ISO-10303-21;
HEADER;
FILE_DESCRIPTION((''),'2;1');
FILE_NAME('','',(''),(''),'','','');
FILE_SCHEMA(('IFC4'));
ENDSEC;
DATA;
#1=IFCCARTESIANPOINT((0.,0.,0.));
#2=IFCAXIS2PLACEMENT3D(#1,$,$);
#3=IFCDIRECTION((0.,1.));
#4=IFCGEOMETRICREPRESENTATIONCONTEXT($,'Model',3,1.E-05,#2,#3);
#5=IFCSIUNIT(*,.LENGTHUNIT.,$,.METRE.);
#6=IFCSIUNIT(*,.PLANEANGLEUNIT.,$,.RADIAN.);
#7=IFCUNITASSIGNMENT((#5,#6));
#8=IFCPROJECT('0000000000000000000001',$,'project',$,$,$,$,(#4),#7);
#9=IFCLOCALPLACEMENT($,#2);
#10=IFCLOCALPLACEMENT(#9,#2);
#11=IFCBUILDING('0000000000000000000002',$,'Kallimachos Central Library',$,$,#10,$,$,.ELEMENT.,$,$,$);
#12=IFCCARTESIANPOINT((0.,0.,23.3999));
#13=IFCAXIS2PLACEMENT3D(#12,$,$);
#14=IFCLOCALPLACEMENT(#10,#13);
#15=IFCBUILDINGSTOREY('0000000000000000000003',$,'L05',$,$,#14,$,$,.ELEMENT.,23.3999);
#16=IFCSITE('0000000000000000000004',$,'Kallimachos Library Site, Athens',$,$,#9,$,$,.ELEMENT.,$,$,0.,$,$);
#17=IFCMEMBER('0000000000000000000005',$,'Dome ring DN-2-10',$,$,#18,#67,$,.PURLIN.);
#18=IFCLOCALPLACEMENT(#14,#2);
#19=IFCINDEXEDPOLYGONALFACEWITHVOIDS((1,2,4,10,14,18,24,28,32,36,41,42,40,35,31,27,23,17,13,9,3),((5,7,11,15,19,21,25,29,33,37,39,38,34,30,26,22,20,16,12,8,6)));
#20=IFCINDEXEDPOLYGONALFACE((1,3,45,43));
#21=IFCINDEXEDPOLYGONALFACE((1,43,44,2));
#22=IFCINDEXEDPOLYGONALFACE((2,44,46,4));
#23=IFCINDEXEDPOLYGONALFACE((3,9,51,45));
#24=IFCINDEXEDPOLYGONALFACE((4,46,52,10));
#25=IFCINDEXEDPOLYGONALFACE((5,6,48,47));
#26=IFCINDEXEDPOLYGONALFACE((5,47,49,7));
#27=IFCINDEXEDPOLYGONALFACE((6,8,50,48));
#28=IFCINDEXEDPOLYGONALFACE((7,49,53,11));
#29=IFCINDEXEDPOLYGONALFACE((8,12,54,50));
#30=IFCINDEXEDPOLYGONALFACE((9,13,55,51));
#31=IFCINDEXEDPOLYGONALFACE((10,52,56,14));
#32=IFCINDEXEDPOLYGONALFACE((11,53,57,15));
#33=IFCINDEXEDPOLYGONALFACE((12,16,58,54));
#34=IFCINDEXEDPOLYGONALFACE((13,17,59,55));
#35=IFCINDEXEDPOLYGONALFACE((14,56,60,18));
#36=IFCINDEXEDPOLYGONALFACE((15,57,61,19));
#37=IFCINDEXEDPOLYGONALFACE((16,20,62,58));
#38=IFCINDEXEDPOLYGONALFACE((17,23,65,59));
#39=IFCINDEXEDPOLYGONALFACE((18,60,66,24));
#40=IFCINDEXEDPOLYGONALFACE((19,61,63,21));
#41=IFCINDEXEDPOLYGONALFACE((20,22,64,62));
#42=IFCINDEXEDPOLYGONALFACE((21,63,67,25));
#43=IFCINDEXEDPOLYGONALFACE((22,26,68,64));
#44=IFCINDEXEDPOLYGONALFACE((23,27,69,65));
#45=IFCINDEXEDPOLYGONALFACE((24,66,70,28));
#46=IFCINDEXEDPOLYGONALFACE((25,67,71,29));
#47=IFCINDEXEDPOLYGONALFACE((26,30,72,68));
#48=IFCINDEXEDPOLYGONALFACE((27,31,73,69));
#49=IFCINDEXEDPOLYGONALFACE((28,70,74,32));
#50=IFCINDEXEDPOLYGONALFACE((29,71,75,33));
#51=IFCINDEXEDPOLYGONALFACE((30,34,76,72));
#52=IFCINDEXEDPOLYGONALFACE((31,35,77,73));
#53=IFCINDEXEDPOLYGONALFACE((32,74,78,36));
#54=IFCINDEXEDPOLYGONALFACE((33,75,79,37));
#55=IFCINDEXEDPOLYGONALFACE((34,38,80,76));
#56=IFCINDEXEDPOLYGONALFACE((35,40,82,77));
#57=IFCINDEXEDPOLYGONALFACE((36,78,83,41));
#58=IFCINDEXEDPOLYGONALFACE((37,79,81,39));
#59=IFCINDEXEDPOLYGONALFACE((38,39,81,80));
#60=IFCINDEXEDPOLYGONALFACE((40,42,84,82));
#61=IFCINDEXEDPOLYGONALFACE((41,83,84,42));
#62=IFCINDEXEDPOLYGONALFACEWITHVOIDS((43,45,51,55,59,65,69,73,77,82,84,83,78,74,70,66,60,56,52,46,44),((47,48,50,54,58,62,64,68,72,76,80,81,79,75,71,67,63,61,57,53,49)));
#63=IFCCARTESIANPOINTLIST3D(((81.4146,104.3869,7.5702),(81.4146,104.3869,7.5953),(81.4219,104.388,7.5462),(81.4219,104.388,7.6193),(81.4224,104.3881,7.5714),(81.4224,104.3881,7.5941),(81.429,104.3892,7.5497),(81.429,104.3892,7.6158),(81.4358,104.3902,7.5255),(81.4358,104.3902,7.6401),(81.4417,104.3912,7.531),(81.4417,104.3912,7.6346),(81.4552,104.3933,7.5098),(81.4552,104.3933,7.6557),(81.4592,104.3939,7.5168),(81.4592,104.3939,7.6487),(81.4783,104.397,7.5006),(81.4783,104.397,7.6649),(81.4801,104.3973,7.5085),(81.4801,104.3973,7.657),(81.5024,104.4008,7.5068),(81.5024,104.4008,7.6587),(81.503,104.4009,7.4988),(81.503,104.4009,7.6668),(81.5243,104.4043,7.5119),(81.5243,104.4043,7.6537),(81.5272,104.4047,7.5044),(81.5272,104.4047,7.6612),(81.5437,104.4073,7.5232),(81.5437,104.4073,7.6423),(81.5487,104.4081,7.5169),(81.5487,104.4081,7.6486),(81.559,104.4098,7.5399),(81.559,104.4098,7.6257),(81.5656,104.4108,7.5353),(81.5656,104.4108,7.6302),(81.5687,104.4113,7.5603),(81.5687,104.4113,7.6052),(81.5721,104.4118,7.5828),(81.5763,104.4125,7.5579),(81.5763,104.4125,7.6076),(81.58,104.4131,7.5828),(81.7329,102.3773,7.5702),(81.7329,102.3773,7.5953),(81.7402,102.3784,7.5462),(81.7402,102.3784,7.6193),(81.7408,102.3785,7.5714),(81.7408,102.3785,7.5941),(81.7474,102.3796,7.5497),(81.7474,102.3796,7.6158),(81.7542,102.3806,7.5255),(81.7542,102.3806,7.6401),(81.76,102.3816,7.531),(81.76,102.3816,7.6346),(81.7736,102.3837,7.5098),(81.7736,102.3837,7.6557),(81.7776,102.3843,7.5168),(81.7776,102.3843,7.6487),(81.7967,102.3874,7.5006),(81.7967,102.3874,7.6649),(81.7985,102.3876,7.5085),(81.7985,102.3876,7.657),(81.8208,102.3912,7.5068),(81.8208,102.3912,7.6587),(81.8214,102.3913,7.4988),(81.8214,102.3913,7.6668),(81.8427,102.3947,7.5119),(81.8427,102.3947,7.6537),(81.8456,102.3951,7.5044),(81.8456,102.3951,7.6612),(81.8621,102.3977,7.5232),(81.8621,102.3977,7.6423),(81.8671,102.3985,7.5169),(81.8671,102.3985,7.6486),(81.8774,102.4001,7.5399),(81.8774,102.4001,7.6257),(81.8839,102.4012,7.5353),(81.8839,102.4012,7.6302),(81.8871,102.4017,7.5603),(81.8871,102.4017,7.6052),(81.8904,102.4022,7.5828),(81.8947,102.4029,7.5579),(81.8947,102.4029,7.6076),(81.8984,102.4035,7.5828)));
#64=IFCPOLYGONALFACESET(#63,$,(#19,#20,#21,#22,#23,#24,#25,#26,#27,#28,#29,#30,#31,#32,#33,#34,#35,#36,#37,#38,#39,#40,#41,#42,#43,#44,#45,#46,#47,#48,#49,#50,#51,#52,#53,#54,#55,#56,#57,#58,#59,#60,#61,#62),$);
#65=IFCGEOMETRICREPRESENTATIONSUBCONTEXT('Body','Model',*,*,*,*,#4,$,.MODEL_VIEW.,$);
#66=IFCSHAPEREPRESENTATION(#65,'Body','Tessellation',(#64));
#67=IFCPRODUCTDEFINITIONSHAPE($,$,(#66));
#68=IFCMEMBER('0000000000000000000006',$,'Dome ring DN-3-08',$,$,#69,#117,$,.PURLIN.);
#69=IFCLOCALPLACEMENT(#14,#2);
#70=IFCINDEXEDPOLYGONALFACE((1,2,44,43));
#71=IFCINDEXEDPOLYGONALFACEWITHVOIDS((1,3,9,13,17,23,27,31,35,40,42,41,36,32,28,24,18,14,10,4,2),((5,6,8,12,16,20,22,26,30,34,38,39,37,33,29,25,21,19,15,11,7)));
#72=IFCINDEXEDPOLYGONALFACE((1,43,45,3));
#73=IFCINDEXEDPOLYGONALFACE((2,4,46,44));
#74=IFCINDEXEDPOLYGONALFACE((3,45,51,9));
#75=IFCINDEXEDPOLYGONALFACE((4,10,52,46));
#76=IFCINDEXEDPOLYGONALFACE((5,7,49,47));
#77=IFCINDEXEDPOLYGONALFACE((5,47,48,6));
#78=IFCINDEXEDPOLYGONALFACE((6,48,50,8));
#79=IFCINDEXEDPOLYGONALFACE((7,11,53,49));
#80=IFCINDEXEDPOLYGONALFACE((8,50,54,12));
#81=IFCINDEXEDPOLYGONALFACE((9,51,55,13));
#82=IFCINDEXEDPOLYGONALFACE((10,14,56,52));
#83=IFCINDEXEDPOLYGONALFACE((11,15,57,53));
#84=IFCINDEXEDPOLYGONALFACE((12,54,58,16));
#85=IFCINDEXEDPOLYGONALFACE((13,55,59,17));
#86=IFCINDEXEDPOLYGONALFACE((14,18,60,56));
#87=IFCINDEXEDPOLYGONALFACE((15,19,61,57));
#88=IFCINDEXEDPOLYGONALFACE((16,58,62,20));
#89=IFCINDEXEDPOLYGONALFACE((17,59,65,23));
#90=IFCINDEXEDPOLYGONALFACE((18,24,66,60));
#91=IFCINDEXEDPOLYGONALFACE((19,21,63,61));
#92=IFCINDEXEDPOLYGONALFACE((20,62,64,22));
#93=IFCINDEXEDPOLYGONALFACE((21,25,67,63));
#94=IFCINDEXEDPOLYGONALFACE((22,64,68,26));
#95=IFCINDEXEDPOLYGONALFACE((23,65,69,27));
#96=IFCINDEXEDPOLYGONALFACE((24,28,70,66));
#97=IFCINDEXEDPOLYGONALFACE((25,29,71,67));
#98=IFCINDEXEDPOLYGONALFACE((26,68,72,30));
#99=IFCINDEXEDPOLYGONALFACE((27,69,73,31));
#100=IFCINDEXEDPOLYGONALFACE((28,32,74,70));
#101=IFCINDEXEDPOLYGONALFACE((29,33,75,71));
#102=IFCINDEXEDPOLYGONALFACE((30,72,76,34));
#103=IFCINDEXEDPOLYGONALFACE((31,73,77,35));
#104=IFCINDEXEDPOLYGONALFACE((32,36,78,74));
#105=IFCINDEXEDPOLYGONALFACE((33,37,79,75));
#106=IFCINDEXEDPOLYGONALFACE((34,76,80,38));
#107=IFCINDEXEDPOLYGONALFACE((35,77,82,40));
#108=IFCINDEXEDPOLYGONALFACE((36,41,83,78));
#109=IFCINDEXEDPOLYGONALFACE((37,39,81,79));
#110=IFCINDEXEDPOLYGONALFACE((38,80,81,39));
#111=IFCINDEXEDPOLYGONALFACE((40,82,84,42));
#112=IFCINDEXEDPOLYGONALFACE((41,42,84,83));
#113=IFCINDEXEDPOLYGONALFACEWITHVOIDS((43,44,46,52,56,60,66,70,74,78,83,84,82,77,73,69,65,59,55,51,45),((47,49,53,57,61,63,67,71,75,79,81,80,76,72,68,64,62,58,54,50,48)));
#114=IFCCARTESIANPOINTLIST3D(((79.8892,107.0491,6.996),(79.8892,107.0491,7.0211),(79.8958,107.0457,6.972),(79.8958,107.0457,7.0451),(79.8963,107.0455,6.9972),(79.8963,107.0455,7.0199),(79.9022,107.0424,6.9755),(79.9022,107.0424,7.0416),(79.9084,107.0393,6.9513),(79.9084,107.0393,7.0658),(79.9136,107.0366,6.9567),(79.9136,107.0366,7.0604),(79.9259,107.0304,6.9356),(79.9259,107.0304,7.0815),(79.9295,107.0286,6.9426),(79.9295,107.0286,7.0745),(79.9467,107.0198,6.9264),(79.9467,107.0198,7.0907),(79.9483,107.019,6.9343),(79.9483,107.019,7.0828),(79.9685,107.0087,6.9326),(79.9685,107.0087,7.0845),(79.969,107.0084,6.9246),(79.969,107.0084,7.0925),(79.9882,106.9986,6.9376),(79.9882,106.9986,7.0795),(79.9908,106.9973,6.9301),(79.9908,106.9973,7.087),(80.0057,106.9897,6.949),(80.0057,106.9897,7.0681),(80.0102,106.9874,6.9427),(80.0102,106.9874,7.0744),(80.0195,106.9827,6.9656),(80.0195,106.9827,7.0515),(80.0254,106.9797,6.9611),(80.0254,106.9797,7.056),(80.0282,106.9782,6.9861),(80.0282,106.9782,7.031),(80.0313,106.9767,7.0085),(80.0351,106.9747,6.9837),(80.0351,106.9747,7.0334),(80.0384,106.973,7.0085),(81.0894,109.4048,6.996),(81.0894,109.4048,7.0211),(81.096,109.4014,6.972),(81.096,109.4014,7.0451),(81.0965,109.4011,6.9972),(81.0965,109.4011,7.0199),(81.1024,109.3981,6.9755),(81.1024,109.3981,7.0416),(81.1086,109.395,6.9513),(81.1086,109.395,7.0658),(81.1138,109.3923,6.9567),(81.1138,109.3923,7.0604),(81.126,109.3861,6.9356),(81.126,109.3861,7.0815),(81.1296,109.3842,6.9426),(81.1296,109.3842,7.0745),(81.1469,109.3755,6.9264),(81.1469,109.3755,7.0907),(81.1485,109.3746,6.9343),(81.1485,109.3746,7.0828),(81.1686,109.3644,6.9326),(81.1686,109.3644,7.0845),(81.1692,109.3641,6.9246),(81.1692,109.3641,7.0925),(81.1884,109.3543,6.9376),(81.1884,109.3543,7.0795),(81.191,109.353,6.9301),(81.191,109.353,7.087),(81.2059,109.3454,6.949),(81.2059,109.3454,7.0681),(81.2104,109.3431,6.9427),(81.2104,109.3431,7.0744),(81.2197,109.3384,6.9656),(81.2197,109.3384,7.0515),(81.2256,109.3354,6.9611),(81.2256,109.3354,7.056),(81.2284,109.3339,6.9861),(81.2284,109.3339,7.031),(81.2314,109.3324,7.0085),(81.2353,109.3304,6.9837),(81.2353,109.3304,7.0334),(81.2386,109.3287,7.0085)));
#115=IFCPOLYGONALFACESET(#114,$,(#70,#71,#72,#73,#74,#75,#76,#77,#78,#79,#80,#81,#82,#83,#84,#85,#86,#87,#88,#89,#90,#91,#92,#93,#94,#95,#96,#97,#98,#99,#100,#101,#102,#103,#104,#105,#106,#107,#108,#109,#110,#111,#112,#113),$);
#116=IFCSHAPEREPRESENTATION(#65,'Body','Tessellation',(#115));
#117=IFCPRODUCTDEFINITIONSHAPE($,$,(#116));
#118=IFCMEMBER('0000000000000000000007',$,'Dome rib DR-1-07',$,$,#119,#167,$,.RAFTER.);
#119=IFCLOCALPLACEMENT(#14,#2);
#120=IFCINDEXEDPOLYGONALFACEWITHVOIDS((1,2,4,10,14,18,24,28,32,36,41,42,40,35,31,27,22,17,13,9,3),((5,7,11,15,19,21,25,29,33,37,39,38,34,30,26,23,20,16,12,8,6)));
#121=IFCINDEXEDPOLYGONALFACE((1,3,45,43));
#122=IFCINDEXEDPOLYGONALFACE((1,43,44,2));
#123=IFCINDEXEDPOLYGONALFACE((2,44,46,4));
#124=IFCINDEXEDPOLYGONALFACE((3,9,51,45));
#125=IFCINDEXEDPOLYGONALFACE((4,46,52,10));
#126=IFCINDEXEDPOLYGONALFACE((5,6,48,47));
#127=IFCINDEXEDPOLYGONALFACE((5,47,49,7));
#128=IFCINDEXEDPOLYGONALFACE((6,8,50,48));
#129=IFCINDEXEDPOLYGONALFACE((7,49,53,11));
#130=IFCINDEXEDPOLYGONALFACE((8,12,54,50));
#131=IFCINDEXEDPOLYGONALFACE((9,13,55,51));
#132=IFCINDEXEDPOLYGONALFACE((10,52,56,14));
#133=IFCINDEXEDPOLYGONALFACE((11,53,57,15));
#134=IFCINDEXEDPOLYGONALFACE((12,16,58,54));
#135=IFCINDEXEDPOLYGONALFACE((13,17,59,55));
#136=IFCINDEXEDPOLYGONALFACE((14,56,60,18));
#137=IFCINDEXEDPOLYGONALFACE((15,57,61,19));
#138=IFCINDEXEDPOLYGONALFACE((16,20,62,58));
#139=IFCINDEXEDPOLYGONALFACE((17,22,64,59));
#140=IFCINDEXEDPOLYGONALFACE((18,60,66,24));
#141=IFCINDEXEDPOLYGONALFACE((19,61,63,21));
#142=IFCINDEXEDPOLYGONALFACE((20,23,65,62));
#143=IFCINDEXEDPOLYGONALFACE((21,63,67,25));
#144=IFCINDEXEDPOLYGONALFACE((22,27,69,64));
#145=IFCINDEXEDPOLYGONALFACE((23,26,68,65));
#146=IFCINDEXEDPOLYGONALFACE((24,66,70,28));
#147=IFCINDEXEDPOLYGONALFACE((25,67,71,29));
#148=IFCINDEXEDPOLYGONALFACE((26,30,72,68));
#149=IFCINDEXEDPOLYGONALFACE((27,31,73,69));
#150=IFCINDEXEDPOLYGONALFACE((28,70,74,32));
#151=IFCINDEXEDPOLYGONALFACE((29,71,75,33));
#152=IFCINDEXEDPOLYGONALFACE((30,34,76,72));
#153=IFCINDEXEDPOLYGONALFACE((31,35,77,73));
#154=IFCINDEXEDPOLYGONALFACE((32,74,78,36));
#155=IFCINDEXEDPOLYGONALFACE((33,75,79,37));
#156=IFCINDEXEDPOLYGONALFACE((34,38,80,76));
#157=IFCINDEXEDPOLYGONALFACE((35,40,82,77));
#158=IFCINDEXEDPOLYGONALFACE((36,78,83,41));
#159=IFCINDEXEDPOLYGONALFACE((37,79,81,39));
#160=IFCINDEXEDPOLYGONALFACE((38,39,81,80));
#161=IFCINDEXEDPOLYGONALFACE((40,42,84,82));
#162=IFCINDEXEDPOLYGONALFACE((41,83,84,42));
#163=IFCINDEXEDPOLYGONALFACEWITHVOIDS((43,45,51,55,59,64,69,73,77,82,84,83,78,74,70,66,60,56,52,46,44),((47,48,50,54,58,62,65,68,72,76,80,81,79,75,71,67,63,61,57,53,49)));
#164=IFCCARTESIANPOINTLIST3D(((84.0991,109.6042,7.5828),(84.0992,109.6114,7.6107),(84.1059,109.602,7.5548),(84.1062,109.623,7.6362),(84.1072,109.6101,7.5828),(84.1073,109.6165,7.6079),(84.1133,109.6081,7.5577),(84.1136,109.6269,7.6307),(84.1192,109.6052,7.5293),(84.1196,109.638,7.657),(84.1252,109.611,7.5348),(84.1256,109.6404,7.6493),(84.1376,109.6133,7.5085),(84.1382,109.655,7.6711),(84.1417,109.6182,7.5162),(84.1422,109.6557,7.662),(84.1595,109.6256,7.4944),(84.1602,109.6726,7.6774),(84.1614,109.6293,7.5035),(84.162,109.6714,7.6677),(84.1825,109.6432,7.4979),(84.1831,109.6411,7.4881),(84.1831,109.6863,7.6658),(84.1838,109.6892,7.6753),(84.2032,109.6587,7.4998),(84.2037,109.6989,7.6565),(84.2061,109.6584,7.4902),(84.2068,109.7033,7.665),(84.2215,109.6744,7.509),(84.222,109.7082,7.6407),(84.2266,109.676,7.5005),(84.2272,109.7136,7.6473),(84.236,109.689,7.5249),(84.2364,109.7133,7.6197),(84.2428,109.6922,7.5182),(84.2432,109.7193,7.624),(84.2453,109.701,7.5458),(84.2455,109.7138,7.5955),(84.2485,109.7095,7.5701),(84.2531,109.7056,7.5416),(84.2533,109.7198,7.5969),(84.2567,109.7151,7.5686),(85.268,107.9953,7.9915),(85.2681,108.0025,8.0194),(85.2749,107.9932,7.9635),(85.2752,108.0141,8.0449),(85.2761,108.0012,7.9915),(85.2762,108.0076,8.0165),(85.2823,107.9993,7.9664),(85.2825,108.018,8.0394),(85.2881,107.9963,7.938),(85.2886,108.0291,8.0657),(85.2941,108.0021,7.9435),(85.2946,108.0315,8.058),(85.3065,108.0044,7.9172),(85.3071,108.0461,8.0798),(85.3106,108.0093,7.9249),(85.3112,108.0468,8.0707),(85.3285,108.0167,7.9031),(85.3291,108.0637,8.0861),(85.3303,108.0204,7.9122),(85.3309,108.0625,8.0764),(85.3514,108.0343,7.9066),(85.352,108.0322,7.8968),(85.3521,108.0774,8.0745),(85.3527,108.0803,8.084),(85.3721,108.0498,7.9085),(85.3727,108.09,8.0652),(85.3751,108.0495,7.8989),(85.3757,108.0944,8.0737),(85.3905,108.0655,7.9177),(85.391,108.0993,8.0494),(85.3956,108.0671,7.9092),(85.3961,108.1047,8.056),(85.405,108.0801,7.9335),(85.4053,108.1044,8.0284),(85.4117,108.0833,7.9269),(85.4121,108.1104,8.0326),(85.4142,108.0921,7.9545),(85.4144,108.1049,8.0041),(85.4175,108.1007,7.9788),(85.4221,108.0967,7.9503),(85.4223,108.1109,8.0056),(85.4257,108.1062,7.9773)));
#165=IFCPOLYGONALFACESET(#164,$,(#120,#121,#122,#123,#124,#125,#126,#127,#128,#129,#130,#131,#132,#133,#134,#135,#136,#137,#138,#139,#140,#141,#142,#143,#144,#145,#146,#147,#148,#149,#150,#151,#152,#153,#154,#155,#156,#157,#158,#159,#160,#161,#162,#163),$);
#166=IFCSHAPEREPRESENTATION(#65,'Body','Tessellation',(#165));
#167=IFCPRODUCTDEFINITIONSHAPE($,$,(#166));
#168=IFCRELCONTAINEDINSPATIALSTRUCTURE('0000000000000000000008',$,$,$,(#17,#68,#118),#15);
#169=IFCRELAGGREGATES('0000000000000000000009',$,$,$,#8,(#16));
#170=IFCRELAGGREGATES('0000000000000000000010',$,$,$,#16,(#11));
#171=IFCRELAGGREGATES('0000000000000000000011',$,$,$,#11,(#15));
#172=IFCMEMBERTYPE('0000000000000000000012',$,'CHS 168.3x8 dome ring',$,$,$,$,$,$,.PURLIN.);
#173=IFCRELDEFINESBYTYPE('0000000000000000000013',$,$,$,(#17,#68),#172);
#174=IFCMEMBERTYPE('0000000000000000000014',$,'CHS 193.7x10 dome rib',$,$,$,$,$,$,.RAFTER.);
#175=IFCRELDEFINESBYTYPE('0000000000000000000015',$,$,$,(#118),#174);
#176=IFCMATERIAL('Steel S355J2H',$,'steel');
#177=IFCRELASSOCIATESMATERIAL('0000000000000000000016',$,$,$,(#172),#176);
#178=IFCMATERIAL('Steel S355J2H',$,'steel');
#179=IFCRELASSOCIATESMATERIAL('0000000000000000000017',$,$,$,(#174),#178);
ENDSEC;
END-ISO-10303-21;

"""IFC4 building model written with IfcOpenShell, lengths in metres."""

from ifc_helpers import new_model, si_unit, direction, frame, origin, origin_2d, place, context, subcontext, project, spatial, hollow_circle, extrude, material, material_profile, profile_set, type_object, element, save


model = new_model("IFC4")

# Units and contexts
model_context = context("Model", 3, precision=1e-05, world=origin(), true_north=direction((0.0, 1.0)))
body_context = subcontext(model_context, "Body", "Model", "MODEL_VIEW")
ifc_project = project(units=[si_unit("LENGTHUNIT", "METRE"), si_unit("PLANEANGLEUNIT", "RADIAN")], contexts=[model_context])

# Site, building, storey
site_placement = place(None, origin())
site = spatial("IfcSite", under=ifc_project, at=site_placement, Name="Kallimachos Library Site, Athens", CompositionType="ELEMENT", RefElevation=0.0)
building_placement = place(site_placement, origin())
building = spatial("IfcBuilding", under=site, at=building_placement, Name="Kallimachos Central Library", CompositionType="ELEMENT")
storey_placement = place(building_placement, frame((0.0, 0.0, 23.3999)))
storey = spatial("IfcBuildingStorey", under=building, at=storey_placement, Name="L05", CompositionType="ELEMENT", Elevation=23.3999)

# Members
ifc_material_1 = material(Name="Steel S355J2H", Category="steel")
ifc_material_profile_1 = material_profile(ifc_material_1, hollow_circle(Radius=0.0842, WallThickness=0.0081, at=origin_2d()), Name="CHS 168.3x8")
ifc_profile_set_1 = profile_set([ifc_material_profile_1], Name="Steel S355J2H")
member_type_1 = type_object("IfcMemberType", Name="CHS 168.3x8 dome ring", PredefinedType="PURLIN", material=ifc_profile_set_1)
member_1_placement = place(storey_placement, frame((81.4968, 104.3999, 7.5828), z_axis=(0.156474, -0.987682, 0.0), x_axis=(0.987682, 0.156474, 0.0)))
element("IfcMember", 1, at=member_1_placement, inside=storey, type_object=member_type_1, Name="Dome ring DN-2-10", PredefinedType="PURLIN", context=body_context, shape_type="SweptSolid", body=[
    extrude(hollow_circle(Radius=0.0842, WallThickness=0.0081, at=origin_2d()), origin(), (0.0, 0.0, 1.0), 2.0347),
])
member_2_placement = place(storey_placement, frame((81.1636, 109.3669, 7.0085), z_axis=(-0.45396, -0.891022, 0.0), x_axis=(0.891022, -0.45396, 0.0)))
element("IfcMember", 2, at=member_2_placement, inside=storey, type_object=member_type_1, Name="Dome ring DN-3-08", PredefinedType="PURLIN", context=body_context, shape_type="SweptSolid", body=[
    extrude(hollow_circle(Radius=0.0842, WallThickness=0.0081, at=origin_2d()), origin(), (0.0, 0.0, 1.0), 2.6438),
])
ifc_material_2 = material(Name="Steel S355J2H", Category="steel")
ifc_material_profile_2 = material_profile(ifc_material_2, hollow_circle(Radius=0.0969, WallThickness=0.01, at=origin_2d()), Name="CHS 193.7x10")
ifc_profile_set_2 = profile_set([ifc_material_profile_2], Name="Steel S355J2H")
member_type_2 = type_object("IfcMemberType", Name="CHS 193.7x10 dome rib", PredefinedType="RAFTER", material=ifc_profile_set_2)
for number, where, z_axis, x_axis, name in (
    (3, (85.3464, 108.0522, 7.9915), (-0.57576, 0.792451, -0.201299), (-0.809012, -0.587792, 0.0), "Dome rib DR-1-07"),
):
    element("IfcMember", number, at=place(storey_placement, frame(where, z_axis=z_axis, x_axis=x_axis)), inside=storey, type_object=member_type_2, Name=name, PredefinedType="RAFTER", context=body_context, shape_type="SweptSolid", body=[
        extrude(hollow_circle(Radius=0.0969, WallThickness=0.01, at=origin_2d()), origin(), (0.0, 0.0, 1.0), 2.0303),
    ])

save(model, "model.ifc")
